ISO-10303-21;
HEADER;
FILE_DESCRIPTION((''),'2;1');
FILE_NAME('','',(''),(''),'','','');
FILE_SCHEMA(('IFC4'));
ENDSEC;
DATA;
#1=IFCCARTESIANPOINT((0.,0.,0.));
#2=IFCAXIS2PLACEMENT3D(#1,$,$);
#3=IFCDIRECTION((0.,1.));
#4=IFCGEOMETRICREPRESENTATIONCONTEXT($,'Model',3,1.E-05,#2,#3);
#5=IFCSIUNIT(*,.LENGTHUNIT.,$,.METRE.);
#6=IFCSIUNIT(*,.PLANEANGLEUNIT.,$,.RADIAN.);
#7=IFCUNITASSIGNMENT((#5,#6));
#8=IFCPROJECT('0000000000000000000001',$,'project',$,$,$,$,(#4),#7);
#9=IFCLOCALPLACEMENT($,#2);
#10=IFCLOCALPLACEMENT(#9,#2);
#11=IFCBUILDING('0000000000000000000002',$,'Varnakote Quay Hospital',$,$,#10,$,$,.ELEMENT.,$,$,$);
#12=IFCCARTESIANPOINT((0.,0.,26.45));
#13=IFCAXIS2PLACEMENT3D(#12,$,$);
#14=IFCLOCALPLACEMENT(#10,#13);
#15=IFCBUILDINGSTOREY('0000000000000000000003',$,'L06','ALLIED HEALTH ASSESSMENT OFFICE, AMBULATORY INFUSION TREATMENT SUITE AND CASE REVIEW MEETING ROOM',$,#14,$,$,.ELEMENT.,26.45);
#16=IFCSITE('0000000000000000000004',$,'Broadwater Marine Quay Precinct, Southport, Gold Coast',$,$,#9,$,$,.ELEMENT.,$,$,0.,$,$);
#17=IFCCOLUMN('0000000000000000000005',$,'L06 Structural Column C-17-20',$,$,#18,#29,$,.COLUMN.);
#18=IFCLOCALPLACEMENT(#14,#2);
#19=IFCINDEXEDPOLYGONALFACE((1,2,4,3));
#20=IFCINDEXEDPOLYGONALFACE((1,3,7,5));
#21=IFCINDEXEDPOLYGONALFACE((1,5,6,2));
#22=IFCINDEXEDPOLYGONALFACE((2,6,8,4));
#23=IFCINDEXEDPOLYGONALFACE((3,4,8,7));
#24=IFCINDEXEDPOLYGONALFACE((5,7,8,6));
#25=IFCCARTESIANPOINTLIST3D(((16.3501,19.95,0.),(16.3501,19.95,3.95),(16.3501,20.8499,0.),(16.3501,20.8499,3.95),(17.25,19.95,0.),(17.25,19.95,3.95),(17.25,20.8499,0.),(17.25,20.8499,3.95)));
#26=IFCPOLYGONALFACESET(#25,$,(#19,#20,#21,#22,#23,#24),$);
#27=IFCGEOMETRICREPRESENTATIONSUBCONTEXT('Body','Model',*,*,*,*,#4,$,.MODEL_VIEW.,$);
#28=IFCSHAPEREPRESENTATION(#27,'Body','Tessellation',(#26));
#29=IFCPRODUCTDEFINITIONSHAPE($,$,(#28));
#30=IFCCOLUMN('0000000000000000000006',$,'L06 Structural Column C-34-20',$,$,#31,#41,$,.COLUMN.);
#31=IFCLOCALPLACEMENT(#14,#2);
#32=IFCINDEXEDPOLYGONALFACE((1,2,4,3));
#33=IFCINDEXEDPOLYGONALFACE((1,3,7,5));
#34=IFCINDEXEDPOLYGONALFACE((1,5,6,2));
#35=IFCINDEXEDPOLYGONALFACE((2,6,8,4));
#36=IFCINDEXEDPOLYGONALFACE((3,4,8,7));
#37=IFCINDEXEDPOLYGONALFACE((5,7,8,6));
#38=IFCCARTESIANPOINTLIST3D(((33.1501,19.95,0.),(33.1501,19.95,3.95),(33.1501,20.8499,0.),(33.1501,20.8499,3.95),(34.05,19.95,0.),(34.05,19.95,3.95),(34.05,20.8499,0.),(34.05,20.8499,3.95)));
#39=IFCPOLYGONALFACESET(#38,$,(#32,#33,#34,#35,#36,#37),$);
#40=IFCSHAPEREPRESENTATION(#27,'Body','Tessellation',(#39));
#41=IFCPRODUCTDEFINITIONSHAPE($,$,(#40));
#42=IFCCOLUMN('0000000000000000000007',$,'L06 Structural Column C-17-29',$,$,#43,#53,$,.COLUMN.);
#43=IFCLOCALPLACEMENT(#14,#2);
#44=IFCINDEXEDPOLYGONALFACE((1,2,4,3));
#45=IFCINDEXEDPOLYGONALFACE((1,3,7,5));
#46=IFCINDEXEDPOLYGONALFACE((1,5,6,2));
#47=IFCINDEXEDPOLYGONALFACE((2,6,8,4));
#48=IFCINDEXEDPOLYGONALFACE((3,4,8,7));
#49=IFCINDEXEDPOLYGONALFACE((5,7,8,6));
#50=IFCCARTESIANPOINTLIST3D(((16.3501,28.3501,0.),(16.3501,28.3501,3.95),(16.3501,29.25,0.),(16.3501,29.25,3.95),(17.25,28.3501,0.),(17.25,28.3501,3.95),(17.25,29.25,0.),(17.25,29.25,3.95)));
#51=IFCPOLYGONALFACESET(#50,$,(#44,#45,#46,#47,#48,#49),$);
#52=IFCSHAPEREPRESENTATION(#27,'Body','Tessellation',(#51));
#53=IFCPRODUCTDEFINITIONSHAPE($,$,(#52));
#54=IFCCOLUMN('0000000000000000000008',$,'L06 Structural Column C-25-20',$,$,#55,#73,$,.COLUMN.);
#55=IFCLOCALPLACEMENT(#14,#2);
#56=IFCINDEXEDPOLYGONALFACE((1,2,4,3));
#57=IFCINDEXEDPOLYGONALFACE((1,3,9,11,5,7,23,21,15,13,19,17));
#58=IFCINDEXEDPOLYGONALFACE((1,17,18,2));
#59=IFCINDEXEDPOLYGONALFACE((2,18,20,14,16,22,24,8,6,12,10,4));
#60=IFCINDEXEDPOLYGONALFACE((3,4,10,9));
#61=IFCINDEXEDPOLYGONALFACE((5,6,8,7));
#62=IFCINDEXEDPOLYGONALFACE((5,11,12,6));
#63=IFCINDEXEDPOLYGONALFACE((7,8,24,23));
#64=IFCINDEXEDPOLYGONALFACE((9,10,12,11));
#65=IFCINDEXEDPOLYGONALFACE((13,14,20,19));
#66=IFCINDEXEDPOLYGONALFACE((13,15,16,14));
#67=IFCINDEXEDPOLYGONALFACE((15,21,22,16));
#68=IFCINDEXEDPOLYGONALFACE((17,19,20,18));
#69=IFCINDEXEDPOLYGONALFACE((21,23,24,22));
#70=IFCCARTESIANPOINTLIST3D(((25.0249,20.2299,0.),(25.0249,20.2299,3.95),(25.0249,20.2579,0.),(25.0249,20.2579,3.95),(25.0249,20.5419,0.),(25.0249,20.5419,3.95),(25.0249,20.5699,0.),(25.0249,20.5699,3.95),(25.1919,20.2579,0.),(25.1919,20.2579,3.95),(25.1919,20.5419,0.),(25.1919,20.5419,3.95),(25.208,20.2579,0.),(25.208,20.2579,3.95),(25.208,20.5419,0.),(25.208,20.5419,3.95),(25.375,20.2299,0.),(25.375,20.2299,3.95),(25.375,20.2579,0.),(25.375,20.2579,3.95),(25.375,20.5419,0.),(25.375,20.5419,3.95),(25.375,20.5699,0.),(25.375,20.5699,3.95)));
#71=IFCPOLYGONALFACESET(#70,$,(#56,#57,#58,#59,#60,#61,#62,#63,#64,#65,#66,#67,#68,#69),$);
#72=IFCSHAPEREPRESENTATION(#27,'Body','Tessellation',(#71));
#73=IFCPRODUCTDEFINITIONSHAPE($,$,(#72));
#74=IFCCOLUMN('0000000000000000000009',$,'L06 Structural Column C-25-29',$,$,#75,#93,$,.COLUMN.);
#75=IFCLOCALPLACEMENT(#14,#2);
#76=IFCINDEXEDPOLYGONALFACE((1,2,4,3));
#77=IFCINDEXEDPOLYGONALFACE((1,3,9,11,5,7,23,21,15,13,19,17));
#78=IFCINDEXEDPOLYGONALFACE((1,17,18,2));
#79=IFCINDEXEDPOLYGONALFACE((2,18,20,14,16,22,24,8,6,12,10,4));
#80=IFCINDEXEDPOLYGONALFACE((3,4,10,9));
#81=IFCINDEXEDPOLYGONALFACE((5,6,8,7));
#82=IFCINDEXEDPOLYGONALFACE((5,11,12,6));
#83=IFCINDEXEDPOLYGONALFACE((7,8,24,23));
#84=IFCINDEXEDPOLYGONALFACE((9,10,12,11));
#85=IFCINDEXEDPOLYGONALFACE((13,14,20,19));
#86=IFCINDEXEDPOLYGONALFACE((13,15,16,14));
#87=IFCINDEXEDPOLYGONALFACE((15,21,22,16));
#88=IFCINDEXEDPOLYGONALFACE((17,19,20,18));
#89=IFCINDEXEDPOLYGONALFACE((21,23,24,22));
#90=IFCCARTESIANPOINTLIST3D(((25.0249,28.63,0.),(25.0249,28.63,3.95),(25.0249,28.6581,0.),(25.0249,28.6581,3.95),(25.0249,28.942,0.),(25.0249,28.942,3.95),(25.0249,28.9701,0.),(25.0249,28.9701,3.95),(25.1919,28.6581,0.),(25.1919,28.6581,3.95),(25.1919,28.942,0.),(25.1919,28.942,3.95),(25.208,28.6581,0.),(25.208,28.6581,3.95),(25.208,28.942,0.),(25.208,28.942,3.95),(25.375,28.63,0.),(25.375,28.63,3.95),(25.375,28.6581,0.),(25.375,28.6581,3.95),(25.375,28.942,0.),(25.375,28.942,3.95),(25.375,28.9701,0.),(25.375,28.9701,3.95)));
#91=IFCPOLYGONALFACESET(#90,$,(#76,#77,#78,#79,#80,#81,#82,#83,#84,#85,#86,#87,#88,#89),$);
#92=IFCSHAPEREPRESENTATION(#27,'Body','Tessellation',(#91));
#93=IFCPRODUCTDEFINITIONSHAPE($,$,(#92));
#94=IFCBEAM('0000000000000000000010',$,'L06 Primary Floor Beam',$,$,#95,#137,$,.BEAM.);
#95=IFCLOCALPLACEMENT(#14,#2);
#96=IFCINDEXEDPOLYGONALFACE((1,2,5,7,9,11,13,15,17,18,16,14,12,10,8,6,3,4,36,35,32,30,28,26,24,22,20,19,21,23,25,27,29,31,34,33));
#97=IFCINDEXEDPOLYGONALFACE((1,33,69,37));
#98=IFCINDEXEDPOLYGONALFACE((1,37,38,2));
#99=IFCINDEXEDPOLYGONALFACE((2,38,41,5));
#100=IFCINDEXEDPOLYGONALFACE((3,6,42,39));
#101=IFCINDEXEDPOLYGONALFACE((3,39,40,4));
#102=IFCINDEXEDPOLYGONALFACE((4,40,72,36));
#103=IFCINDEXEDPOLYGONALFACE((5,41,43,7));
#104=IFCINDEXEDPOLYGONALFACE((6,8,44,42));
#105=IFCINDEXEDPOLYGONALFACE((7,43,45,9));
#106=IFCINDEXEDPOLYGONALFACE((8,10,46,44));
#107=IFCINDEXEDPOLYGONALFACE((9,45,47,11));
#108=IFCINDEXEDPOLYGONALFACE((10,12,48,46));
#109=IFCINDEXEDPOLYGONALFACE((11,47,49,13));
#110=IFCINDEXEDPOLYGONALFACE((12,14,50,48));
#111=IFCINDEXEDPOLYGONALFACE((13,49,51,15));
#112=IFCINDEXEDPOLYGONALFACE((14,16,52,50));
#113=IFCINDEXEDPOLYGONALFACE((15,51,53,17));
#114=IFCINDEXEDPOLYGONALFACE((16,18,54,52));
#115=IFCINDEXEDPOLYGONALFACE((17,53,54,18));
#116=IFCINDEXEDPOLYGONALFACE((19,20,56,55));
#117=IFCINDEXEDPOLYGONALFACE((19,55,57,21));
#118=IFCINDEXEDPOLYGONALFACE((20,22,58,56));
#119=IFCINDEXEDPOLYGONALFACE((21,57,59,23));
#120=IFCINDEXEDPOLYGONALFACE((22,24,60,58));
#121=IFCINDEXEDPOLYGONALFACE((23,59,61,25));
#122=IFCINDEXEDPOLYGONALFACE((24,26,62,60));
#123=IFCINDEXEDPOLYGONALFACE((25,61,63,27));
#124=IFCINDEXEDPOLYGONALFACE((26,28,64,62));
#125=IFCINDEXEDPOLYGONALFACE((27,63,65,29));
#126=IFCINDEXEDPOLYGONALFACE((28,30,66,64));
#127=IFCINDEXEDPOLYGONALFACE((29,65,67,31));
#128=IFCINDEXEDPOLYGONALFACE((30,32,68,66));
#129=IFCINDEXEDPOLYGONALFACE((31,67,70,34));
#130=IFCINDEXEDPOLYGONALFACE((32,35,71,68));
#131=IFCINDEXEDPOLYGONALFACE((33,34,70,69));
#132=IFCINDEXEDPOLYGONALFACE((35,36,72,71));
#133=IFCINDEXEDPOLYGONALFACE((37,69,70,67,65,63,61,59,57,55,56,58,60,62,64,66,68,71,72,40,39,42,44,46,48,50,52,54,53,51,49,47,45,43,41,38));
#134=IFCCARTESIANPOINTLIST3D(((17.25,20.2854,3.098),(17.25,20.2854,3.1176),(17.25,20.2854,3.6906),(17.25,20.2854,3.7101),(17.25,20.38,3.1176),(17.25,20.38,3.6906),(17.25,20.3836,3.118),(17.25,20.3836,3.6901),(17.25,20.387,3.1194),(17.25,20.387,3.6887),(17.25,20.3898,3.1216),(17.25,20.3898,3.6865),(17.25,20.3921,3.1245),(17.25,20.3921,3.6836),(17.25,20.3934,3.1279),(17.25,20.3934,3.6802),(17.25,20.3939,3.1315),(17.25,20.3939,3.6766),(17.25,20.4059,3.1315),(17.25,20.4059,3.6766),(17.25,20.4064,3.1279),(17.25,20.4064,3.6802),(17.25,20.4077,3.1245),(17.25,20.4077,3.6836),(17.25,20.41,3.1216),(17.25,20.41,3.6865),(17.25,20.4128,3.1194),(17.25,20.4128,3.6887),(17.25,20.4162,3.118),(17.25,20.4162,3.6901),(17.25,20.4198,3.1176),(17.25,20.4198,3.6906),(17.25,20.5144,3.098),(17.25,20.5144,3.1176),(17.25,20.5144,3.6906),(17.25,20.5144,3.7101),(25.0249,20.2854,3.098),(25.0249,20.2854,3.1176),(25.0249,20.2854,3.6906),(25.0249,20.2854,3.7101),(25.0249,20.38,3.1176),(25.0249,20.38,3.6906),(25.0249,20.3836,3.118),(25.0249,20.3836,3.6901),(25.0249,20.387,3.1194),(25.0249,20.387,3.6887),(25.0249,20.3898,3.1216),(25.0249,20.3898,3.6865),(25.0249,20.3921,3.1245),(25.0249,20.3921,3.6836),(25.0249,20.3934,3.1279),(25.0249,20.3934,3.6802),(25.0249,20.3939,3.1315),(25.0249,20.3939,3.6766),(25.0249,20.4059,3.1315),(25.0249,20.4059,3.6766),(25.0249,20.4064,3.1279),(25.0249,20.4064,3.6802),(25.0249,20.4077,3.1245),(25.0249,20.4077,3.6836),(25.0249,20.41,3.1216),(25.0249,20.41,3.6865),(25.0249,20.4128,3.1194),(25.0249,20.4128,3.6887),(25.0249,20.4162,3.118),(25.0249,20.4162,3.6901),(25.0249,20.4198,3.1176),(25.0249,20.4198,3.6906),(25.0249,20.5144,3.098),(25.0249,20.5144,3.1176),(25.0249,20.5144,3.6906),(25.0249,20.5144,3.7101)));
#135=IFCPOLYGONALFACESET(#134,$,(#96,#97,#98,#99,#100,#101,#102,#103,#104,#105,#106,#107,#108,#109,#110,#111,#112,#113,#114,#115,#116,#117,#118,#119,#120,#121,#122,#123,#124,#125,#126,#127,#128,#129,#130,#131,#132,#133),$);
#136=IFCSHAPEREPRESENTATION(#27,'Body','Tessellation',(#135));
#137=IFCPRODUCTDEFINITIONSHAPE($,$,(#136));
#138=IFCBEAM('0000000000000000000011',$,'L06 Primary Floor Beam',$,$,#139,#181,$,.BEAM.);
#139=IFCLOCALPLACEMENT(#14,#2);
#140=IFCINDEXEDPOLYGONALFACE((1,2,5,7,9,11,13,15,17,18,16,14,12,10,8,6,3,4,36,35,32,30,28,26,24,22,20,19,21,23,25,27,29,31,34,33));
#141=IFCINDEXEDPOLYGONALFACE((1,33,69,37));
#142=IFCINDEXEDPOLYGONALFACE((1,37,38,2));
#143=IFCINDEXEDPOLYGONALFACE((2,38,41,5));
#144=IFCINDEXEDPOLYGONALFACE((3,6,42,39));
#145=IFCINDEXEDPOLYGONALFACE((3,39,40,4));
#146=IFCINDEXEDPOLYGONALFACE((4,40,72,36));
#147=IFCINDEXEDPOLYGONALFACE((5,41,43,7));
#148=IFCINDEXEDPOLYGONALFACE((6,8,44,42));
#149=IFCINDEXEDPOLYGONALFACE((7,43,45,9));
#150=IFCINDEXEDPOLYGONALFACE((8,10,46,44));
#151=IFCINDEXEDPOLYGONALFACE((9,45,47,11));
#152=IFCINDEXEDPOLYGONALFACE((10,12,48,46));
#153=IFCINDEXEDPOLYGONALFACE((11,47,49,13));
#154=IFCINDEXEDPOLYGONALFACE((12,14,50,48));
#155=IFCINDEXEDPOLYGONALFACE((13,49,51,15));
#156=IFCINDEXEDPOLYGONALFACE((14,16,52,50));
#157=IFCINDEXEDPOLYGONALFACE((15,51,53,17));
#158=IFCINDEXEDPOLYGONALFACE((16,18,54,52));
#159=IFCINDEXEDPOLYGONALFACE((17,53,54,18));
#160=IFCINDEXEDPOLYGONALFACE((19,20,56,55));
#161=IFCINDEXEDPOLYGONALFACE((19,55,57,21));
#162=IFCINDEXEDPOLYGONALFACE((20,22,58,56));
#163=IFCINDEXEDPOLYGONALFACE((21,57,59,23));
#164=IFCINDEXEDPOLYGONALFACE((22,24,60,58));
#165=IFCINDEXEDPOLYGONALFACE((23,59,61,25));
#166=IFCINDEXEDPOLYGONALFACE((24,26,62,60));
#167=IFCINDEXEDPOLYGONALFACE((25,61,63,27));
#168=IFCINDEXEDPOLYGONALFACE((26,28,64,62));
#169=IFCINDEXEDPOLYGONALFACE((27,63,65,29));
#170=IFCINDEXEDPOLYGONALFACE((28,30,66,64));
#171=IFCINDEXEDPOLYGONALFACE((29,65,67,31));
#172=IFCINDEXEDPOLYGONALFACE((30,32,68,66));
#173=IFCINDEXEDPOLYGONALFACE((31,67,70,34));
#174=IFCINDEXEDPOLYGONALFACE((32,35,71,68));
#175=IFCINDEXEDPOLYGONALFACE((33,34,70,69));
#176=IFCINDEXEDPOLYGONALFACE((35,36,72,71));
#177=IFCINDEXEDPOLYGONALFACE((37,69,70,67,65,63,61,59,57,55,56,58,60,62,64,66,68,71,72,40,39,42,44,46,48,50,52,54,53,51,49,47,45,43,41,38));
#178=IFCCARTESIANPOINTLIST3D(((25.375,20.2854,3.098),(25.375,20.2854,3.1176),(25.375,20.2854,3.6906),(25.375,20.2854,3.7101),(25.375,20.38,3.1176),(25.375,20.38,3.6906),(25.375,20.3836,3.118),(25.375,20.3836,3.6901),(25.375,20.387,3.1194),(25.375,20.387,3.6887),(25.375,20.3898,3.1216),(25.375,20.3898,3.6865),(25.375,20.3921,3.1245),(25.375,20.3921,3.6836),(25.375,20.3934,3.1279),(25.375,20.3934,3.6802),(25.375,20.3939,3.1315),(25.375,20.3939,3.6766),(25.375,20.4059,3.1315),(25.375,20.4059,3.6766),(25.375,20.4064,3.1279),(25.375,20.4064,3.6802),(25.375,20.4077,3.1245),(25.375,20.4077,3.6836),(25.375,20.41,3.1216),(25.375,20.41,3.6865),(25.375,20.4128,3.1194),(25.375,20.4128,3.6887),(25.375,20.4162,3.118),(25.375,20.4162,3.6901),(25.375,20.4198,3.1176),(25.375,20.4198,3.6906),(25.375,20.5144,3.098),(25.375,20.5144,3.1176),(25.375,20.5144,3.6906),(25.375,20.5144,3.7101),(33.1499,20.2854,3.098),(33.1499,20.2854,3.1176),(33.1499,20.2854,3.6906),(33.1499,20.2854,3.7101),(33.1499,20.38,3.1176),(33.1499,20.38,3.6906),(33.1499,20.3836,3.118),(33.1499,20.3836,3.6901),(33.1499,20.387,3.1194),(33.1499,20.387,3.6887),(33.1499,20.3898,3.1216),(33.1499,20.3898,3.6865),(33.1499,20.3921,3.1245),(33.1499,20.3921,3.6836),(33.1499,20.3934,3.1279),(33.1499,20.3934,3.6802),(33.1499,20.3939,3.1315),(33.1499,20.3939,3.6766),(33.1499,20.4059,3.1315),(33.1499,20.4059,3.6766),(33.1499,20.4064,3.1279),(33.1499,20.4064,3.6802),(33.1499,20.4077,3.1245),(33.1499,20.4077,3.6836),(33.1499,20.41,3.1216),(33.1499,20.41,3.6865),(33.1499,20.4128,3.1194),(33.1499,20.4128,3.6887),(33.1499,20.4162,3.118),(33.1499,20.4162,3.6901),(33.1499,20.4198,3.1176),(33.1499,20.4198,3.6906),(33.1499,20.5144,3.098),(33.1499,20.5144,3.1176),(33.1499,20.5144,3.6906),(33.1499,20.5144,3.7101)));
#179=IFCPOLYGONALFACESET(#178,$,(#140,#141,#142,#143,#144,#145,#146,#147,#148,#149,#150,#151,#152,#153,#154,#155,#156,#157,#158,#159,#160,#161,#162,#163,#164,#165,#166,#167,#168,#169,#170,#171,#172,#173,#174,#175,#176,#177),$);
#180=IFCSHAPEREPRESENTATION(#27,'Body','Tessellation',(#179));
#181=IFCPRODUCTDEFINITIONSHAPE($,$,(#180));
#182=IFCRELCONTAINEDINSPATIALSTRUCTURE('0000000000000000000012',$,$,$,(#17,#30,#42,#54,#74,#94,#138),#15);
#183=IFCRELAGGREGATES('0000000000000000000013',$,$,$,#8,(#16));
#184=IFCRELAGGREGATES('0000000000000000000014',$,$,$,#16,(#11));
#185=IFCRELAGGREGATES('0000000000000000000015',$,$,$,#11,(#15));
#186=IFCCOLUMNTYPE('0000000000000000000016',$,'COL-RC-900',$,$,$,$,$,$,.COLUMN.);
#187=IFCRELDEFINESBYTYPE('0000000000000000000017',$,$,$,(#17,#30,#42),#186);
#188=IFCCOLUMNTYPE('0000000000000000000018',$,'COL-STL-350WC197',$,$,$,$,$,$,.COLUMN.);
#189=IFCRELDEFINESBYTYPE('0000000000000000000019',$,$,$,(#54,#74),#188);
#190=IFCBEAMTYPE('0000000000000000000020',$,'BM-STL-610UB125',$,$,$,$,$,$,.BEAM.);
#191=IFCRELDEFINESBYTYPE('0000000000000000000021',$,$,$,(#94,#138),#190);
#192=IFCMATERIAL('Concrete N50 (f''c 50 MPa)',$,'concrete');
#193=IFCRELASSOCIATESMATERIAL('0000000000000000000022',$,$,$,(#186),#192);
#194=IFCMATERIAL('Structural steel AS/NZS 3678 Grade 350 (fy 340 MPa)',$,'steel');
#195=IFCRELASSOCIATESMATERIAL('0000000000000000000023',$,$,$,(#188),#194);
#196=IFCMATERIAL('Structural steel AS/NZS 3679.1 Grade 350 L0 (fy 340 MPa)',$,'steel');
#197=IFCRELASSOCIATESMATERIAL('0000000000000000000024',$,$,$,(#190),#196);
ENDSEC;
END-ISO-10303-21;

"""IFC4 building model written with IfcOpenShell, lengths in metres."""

from ifc_helpers import new_model, si_unit, direction, frame, origin, origin_2d, place, context, subcontext, project, spatial, rectangle, i_section, extrude, material, material_profile, profile_set, type_object, element, save


model = new_model("IFC4")

# Units and contexts
model_context = context("Model", 3, precision=1e-05, world=origin(), true_north=direction((0.0, 1.0)))
body_context = subcontext(model_context, "Body", "Model", "MODEL_VIEW")
ifc_project = project(units=[si_unit("LENGTHUNIT", "METRE"), si_unit("PLANEANGLEUNIT", "RADIAN")], contexts=[model_context])

# Site, building, storey
site_placement = place(None, origin())
site = spatial("IfcSite", under=ifc_project, at=site_placement, Name="Broadwater Marine Quay Precinct, Southport, Gold Coast", CompositionType="ELEMENT", RefElevation=0.0)
building_placement = place(site_placement, origin())
building = spatial("IfcBuilding", under=site, at=building_placement, Name="Varnakote Quay Hospital", CompositionType="ELEMENT")
storey_placement = place(building_placement, frame((0.0, 0.0, 26.45)))
storey = spatial("IfcBuildingStorey", under=building, at=storey_placement, Name="L06", Description="ALLIED HEALTH ASSESSMENT OFFICE, AMBULATORY INFUSION TREATMENT SUITE AND CASE REVIEW MEETING ROOM", CompositionType="ELEMENT", Elevation=26.45)

# Columns
ifc_material_1 = material(Name="Concrete N50 (f'c 50 MPa)", Category="concrete")
ifc_material_profile_1 = material_profile(ifc_material_1, rectangle(XDim=0.8999, YDim=0.8999, at=origin_2d()), Name="RC-COL-900x900")
ifc_profile_set_1 = profile_set([ifc_material_profile_1], Name="Concrete N50 (f'c 50 MPa)")
column_type_1 = type_object("IfcColumnType", Name="COL-RC-900", PredefinedType="COLUMN", material=ifc_profile_set_1)
for number, where, z_axis, x_axis, name in (
    (1, (16.8, 20.3999, 0.0), (0.0, 0.0, 1.0), (1.0, 0.0, 0.0), "L06 Structural Column C-17-20"),
    (2, (33.6001, 20.3999, 0.0), (0.0, 0.0, 1.0), (1.0, 0.0, 0.0), "L06 Structural Column C-34-20"),
    (3, (16.8, 28.8, 0.0), (0.0, 0.0, 1.0), (1.0, 0.0, 0.0), "L06 Structural Column C-17-29"),
):
    element("IfcColumn", number, at=place(storey_placement, frame(where, z_axis=z_axis, x_axis=x_axis)), inside=storey, type_object=column_type_1, Name=name, PredefinedType="COLUMN", context=body_context, shape_type="SweptSolid", body=[
        extrude(rectangle(XDim=0.8999, YDim=0.8999, at=origin_2d()), origin(), (0.0, 0.0, 1.0), 3.95),
    ])
ifc_material_2 = material(Name="Structural steel AS/NZS 3678 Grade 350 (fy 340 MPa)", Category="steel")
ifc_material_profile_2 = material_profile(ifc_material_2, i_section(OverallWidth=0.3501, OverallDepth=0.3401, WebThickness=0.0161, FlangeThickness=0.0281, at=origin_2d()), Name="350WC197")
ifc_profile_set_2 = profile_set([ifc_material_profile_2], Name="Structural steel AS/NZS 3678 Grade 350 (fy 340 MPa)")
column_type_2 = type_object("IfcColumnType", Name="COL-STL-350WC197", PredefinedType="COLUMN", material=ifc_profile_set_2)
for number, where, z_axis, x_axis, name in (
    (4, (25.2, 20.3999, 0.0), (0.0, 0.0, 1.0), (1.0, 0.0, 0.0), "L06 Structural Column C-25-20"),
    (5, (25.2, 28.8, 0.0), (0.0, 0.0, 1.0), (1.0, 0.0, 0.0), "L06 Structural Column C-25-29"),
):
    element("IfcColumn", number, at=place(storey_placement, frame(where, z_axis=z_axis, x_axis=x_axis)), inside=storey, type_object=column_type_2, Name=name, PredefinedType="COLUMN", context=body_context, shape_type="SweptSolid", body=[
        extrude(i_section(OverallWidth=0.3501, OverallDepth=0.3401, WebThickness=0.0161, FlangeThickness=0.0281, at=origin_2d()), origin(), (0.0, 0.0, 1.0), 3.95),
    ])

# Beams
ifc_material_3 = material(Name="Structural steel AS/NZS 3679.1 Grade 350 L0 (fy 340 MPa)", Category="steel")
ifc_material_profile_3 = material_profile(ifc_material_3, i_section(OverallWidth=0.229, OverallDepth=0.6121, WebThickness=0.012, FlangeThickness=0.0195, FilletRadius=0.0139, at=origin_2d()), Name="610UB125")
ifc_profile_set_3 = profile_set([ifc_material_profile_3], Name="Structural steel AS/NZS 3679.1 Grade 350 L0 (fy 340 MPa)")
beam_type_1 = type_object("IfcBeamType", Name="BM-STL-610UB125", PredefinedType="BEAM", material=ifc_profile_set_3)
for number, where, z_axis, x_axis, name in (
    (6, (17.25, 20.3999, 3.4041), (1.0, 0.0, 0.0), (0.0, 1.0, 0.0), "L06 Primary Floor Beam"),
    (7, (25.375, 20.3999, 3.4041), (1.0, 0.0, 0.0), (0.0, 1.0, 0.0), "L06 Primary Floor Beam"),
):
    element("IfcBeam", number, at=place(storey_placement, frame(where, z_axis=z_axis, x_axis=x_axis)), inside=storey, type_object=beam_type_1, Name=name, PredefinedType="BEAM", context=body_context, shape_type="SweptSolid", body=[
        extrude(i_section(OverallWidth=0.229, OverallDepth=0.6121, WebThickness=0.012, FlangeThickness=0.0195, FilletRadius=0.0139, at=origin_2d()), origin(), (0.0, 0.0, 1.0), 7.7749),
    ])

save(model, "model.ifc")
